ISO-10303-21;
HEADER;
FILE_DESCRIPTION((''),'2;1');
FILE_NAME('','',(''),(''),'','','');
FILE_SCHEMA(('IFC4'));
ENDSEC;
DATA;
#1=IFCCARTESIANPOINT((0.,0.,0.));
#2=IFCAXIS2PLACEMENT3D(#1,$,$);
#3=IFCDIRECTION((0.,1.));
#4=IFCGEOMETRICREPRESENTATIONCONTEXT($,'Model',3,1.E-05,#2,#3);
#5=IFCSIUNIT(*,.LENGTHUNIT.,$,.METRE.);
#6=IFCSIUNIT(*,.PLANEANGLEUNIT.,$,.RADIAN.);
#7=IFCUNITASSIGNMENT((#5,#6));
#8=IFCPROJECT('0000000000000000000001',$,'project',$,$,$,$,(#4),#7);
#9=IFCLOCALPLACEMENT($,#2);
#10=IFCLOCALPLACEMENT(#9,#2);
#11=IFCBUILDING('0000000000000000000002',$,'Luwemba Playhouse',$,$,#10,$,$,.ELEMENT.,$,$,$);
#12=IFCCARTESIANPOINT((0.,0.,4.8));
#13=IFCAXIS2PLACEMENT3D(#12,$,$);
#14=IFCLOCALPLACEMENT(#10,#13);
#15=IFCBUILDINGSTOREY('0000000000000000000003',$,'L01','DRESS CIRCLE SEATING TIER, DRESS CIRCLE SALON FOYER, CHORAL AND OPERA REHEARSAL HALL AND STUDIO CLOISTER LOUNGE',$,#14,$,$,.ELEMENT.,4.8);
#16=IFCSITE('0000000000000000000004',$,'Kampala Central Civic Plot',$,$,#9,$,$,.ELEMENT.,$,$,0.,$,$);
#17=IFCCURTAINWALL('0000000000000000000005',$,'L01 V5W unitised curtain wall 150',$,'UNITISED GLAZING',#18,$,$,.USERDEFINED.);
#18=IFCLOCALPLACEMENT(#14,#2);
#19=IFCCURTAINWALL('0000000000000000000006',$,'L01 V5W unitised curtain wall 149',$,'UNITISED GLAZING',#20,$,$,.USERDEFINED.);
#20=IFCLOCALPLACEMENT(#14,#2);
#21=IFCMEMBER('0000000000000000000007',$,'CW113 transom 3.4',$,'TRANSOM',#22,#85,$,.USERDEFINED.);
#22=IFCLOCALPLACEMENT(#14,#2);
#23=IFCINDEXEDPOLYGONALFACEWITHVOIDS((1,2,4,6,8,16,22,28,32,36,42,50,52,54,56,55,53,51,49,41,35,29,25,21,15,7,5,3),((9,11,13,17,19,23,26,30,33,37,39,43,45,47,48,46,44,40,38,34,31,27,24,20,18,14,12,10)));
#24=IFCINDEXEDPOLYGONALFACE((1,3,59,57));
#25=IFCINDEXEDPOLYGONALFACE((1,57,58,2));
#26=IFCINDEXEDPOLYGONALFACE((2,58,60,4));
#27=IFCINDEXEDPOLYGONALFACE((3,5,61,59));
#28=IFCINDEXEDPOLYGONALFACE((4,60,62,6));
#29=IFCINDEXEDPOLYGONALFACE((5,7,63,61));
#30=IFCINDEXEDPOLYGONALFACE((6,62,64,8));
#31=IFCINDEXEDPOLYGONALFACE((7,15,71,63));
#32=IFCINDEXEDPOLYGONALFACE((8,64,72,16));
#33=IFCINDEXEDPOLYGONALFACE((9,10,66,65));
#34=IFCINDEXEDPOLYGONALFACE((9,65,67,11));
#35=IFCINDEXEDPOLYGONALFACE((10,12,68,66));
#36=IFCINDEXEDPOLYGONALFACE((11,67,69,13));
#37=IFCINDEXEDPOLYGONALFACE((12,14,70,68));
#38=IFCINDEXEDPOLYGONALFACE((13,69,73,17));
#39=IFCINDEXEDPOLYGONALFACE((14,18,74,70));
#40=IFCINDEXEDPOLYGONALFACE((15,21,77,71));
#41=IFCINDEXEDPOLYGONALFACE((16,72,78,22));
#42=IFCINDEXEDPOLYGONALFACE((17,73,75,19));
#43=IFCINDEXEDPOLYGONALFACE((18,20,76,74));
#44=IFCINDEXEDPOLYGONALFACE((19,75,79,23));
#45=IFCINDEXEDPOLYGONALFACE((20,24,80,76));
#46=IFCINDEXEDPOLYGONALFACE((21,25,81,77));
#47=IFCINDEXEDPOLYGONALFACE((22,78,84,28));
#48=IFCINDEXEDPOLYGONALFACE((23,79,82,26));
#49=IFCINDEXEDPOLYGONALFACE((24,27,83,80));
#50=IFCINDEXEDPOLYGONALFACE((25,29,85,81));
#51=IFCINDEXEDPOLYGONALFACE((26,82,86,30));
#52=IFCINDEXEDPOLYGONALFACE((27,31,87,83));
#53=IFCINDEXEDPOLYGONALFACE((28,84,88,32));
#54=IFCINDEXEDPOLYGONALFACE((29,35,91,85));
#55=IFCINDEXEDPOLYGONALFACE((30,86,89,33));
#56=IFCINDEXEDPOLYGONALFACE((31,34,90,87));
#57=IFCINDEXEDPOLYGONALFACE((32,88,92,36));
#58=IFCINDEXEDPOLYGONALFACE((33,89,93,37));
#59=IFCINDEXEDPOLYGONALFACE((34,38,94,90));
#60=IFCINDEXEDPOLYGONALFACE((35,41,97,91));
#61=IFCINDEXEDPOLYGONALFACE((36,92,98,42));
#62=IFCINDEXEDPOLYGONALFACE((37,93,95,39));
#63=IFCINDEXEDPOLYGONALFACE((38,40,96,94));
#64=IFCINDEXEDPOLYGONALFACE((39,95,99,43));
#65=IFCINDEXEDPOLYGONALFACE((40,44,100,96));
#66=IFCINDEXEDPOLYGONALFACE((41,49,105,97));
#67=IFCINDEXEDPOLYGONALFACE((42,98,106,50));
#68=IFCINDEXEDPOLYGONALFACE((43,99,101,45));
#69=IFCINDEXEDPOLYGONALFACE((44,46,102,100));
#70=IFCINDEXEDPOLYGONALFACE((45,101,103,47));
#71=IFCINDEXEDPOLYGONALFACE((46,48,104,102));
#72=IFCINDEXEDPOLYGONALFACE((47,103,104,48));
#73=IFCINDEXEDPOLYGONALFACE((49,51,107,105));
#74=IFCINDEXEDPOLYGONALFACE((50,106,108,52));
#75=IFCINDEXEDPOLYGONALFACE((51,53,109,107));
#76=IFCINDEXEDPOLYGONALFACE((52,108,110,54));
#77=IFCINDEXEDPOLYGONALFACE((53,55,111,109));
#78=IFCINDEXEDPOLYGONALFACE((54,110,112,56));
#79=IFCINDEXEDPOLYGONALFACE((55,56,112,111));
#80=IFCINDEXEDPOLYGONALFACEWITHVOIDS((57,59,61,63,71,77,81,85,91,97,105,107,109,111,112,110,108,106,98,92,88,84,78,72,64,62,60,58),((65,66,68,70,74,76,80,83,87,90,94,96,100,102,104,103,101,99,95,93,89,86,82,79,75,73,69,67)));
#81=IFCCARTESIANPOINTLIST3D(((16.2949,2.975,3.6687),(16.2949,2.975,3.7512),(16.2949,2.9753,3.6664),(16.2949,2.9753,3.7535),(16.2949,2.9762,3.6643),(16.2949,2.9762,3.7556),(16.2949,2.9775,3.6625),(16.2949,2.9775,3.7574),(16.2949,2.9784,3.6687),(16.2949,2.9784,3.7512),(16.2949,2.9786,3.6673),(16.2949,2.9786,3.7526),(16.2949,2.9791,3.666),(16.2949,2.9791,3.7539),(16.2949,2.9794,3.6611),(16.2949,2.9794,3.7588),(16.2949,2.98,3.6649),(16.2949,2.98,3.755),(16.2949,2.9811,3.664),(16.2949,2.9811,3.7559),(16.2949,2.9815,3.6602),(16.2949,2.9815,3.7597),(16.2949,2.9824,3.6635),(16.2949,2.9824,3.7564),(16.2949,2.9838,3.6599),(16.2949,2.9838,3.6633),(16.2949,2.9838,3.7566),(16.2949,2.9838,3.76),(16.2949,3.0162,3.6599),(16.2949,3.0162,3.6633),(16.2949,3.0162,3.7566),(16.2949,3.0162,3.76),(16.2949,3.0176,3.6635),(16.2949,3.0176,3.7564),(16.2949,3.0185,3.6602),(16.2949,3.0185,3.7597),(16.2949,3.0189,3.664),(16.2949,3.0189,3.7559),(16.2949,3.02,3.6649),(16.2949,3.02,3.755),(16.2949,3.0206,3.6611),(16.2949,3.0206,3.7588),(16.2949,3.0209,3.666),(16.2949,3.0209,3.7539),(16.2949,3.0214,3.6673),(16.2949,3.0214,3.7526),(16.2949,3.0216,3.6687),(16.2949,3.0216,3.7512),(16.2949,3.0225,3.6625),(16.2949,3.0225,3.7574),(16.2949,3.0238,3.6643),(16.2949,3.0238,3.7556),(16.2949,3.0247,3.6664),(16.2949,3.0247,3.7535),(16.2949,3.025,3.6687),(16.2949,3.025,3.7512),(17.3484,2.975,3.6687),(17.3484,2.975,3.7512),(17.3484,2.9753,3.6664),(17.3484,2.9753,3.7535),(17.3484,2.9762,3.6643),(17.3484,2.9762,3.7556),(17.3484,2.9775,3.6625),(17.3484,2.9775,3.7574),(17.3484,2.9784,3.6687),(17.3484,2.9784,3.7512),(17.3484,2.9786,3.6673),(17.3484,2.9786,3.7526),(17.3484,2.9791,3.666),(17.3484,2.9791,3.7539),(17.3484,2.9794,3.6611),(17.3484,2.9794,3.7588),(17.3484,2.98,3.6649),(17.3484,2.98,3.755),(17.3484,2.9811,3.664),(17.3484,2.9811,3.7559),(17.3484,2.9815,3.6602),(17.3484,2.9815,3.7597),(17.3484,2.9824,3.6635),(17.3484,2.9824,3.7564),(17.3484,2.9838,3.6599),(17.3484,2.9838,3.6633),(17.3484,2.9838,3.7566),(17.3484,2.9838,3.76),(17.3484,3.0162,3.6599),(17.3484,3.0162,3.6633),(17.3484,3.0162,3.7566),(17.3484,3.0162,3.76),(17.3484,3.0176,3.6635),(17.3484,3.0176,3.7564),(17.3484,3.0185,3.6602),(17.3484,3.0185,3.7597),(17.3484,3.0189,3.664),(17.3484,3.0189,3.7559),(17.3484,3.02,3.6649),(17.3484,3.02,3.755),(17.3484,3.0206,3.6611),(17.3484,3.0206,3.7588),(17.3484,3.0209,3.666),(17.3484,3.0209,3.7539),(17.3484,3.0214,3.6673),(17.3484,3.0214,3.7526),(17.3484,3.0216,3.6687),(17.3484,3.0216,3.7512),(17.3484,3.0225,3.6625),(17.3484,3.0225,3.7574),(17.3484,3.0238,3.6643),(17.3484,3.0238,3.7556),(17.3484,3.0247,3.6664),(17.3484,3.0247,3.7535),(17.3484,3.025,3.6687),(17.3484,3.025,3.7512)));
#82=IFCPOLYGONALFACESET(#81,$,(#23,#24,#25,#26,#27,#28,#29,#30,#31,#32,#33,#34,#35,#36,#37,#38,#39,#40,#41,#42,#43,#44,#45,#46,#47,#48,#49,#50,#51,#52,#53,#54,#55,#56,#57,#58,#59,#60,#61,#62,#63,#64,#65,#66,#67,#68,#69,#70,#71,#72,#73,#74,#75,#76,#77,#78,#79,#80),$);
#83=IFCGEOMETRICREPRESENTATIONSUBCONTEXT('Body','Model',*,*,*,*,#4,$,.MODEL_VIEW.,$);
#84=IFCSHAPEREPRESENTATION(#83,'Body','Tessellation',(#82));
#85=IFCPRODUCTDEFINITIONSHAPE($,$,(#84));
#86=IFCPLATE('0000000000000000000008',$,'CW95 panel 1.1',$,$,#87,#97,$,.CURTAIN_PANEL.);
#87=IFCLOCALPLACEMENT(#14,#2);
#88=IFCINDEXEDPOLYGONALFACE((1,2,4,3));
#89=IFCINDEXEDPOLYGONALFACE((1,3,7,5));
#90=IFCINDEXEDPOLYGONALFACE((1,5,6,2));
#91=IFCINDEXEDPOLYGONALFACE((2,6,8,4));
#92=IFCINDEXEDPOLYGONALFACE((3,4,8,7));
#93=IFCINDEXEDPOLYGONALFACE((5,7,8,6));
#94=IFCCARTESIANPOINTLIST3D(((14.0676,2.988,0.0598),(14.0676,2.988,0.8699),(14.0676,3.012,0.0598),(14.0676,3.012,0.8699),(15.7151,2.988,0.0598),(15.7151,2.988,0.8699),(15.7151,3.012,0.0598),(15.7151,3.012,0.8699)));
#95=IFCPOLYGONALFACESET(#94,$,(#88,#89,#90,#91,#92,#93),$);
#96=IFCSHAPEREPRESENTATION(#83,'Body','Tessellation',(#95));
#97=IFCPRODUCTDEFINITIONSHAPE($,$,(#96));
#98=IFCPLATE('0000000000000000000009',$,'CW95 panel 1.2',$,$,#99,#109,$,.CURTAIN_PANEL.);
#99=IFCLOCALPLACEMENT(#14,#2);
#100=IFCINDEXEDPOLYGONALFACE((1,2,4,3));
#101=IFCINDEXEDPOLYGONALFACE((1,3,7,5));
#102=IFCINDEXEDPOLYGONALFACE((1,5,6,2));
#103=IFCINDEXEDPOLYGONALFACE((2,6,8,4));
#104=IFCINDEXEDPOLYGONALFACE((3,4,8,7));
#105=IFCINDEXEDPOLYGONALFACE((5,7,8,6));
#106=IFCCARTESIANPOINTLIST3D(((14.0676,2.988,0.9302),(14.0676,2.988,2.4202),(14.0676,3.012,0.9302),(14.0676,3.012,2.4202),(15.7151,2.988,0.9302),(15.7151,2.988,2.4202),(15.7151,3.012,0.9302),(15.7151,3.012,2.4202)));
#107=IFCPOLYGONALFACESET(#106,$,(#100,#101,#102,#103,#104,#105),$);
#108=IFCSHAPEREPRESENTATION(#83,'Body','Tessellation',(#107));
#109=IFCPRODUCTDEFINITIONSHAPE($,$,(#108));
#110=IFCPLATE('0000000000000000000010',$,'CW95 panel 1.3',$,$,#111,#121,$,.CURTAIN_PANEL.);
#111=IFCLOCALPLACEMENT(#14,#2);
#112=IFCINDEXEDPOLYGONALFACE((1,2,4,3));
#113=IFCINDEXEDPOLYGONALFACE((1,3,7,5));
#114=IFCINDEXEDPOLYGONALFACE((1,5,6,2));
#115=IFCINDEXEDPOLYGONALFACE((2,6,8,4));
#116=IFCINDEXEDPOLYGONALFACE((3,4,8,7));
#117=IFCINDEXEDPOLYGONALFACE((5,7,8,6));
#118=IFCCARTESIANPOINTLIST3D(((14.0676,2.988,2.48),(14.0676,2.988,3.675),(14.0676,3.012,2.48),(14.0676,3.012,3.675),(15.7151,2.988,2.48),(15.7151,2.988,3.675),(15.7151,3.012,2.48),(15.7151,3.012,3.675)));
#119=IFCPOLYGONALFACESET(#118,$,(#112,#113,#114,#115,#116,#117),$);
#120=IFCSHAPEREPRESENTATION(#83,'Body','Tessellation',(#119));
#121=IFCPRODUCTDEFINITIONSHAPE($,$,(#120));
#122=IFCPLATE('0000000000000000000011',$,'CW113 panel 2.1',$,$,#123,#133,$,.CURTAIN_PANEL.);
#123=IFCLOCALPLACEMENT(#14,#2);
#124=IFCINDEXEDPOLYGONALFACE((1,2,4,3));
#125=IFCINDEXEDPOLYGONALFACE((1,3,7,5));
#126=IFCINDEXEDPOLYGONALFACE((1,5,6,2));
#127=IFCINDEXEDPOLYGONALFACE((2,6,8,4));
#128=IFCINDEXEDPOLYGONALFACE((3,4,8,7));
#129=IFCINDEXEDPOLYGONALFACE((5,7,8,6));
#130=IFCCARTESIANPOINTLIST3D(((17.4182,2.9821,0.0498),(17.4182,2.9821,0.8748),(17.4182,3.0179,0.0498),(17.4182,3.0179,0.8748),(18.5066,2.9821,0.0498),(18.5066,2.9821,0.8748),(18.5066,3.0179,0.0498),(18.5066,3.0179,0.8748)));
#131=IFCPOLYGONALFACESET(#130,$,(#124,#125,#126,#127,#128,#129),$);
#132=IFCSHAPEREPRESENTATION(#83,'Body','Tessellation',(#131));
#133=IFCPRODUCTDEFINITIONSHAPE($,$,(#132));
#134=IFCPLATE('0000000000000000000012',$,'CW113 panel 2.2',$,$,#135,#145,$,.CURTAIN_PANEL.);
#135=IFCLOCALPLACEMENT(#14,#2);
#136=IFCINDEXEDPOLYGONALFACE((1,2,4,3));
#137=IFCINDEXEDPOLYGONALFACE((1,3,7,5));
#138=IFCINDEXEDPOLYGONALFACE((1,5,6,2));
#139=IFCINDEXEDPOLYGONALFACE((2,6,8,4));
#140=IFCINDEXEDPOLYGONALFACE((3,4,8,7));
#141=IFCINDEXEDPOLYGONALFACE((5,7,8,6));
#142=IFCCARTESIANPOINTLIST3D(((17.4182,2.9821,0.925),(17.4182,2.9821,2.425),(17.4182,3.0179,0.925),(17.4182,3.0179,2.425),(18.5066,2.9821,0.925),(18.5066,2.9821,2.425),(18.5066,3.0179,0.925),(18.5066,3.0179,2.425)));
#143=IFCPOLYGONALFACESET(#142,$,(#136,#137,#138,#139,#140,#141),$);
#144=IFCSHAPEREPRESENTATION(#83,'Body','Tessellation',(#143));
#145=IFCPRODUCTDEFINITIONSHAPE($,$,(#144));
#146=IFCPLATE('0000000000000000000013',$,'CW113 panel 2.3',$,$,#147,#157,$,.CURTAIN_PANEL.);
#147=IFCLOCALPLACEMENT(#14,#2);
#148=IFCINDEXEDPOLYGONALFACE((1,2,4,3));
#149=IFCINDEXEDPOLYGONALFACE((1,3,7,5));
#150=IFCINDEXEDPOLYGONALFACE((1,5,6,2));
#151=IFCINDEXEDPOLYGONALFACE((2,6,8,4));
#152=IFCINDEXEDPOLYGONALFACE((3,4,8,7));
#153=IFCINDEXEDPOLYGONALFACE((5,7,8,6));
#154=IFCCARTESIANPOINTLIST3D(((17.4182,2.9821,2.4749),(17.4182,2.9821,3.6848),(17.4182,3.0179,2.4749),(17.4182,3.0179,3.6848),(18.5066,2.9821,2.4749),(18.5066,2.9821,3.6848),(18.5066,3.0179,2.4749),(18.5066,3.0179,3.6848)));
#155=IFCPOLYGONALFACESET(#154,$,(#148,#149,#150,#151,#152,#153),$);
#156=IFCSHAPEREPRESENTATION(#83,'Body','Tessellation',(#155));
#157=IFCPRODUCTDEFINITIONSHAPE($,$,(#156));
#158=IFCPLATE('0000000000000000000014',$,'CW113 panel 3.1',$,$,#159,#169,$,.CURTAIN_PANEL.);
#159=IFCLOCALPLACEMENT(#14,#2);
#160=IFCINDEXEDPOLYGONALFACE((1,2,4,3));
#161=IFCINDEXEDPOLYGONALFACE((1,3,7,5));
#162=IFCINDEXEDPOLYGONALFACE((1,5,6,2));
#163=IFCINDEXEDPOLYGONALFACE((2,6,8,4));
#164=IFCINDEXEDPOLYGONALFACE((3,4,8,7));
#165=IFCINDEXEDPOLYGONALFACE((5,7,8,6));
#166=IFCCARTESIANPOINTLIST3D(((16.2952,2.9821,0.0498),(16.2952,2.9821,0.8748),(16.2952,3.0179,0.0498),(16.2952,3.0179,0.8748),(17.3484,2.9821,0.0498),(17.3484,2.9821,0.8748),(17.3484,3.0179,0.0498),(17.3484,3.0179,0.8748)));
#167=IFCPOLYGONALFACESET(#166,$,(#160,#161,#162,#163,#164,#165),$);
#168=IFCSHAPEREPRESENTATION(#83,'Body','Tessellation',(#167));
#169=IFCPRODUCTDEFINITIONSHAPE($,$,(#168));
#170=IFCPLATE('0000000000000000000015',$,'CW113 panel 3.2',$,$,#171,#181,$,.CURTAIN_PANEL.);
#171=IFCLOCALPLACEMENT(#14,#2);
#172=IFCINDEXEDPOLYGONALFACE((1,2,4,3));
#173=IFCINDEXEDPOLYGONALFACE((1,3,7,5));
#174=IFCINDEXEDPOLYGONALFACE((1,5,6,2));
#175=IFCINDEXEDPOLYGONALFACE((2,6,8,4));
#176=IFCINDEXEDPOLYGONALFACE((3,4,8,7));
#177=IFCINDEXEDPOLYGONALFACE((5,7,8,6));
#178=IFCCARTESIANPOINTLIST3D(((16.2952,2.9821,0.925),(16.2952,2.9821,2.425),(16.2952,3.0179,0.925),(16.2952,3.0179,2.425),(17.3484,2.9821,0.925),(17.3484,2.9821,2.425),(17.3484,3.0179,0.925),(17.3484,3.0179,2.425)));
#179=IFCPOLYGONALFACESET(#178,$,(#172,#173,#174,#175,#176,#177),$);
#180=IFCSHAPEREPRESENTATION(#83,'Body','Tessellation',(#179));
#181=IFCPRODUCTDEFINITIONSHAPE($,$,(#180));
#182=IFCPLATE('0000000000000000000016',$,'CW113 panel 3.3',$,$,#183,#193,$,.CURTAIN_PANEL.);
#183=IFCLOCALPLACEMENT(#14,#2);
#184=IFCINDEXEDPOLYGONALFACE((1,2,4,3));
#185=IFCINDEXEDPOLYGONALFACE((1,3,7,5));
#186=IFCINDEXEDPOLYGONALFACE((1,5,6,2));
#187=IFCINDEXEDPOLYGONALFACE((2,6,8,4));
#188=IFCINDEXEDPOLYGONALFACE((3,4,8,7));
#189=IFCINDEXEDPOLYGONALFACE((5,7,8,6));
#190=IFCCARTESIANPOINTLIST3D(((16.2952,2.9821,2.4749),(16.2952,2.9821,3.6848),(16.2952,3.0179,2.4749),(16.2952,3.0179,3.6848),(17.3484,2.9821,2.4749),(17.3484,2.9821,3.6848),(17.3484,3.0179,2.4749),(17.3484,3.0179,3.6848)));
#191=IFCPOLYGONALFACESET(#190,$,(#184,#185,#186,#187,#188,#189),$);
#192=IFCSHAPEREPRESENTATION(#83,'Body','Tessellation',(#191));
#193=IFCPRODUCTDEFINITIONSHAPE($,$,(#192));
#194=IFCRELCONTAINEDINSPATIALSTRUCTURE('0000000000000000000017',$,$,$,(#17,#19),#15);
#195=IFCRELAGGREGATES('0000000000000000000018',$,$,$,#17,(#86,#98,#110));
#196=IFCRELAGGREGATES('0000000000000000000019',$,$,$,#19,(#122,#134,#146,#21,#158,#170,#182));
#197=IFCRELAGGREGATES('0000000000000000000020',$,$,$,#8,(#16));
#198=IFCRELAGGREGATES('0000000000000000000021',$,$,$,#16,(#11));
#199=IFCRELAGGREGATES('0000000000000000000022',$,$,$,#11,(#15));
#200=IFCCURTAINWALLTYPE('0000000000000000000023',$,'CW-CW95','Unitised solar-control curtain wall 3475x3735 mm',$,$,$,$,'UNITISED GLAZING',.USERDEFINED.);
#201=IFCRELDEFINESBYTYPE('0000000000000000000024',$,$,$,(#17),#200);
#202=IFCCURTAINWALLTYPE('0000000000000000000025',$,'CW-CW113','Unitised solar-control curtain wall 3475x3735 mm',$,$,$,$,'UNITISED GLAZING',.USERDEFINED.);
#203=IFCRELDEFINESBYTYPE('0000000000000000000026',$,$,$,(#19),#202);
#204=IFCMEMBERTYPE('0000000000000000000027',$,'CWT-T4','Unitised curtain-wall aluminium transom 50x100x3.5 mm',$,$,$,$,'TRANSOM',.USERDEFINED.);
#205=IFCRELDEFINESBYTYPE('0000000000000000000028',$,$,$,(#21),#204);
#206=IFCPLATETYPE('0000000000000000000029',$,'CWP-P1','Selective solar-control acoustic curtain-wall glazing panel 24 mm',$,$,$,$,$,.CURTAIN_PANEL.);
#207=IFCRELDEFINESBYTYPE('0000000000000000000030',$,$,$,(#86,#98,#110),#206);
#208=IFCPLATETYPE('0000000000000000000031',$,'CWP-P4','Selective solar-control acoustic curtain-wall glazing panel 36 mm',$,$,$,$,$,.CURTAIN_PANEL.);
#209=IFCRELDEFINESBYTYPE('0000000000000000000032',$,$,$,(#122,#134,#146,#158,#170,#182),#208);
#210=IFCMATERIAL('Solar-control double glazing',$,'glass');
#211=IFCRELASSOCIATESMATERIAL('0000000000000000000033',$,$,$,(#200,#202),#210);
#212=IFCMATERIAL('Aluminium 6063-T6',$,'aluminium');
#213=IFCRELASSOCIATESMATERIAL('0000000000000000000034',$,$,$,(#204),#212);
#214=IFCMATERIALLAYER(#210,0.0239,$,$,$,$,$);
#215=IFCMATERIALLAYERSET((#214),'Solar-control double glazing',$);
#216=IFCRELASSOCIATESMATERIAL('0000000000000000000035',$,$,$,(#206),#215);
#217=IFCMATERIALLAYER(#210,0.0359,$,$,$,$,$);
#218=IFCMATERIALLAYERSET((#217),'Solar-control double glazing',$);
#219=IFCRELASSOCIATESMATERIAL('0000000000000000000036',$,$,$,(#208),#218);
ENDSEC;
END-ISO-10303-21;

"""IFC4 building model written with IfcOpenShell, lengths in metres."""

from ifc_helpers import new_model, si_unit, direction, frame, origin, origin_2d, place, context, subcontext, project, spatial, rectangle, hollow_rectangle, extrude, material, layer, layer_set, material_profile, profile_set, type_object, element, aggregate, save


model = new_model("IFC4")

# Units and contexts
model_context = context("Model", 3, precision=1e-05, world=origin(), true_north=direction((0.0, 1.0)))
body_context = subcontext(model_context, "Body", "Model", "MODEL_VIEW")
ifc_project = project(units=[si_unit("LENGTHUNIT", "METRE"), si_unit("PLANEANGLEUNIT", "RADIAN")], contexts=[model_context])

# Site, building, storey
site_placement = place(None, origin())
site = spatial("IfcSite", under=ifc_project, at=site_placement, Name="Kampala Central Civic Plot", CompositionType="ELEMENT", RefElevation=0.0)
building_placement = place(site_placement, origin())
building = spatial("IfcBuilding", under=site, at=building_placement, Name="Luwemba Playhouse", CompositionType="ELEMENT")
storey_placement = place(building_placement, frame((0.0, 0.0, 4.8)))
storey = spatial("IfcBuildingStorey", under=building, at=storey_placement, Name="L01", Description="DRESS CIRCLE SEATING TIER, DRESS CIRCLE SALON FOYER, CHORAL AND OPERA REHEARSAL HALL AND STUDIO CLOISTER LOUNGE", CompositionType="ELEMENT", Elevation=4.8)

# Curtain walls
ifc_material_1 = material(Name="Solar-control double glazing", Category="glass")
curtain_wall_type_1 = type_object("IfcCurtainWallType", Name="CW-CW95", Description="Unitised solar-control curtain wall 3475x3735 mm", ElementType="UNITISED GLAZING", PredefinedType="USERDEFINED", material=ifc_material_1)
curtain_wall_1_placement = place(storey_placement, origin())
curtain_wall_1 = element("IfcCurtainWall", 1, at=curtain_wall_1_placement, inside=storey, type_object=curtain_wall_type_1, Name="L01 V5W unitised curtain wall 150", ObjectType="UNITISED GLAZING", PredefinedType="USERDEFINED")
ifc_material_2 = material(Name="Aluminium 6063-T6", Category="aluminium")
curtain_wall_type_2 = type_object("IfcCurtainWallType", Name="CW-CW113", Description="Unitised solar-control curtain wall 3475x3735 mm", ElementType="UNITISED GLAZING", PredefinedType="USERDEFINED", material=ifc_material_1)
curtain_wall_2_placement = place(storey_placement, origin())
curtain_wall_2 = element("IfcCurtainWall", 2, at=curtain_wall_2_placement, inside=storey, type_object=curtain_wall_type_2, Name="L01 V5W unitised curtain wall 149", ObjectType="UNITISED GLAZING", PredefinedType="USERDEFINED")

# Member
ifc_material_profile_1 = material_profile(ifc_material_2, hollow_rectangle(XDim=0.05, YDim=0.1001, WallThickness=0.0034, InnerFilletRadius=0.0054, OuterFilletRadius=0.0088, at=origin_2d()))
ifc_profile_set_1 = profile_set([ifc_material_profile_1], Name="Aluminium 6063-T6")
member_type_1 = type_object("IfcMemberType", Name="CWT-T4", Description="Unitised curtain-wall aluminium transom 50x100x3.5 mm", ElementType="TRANSOM", PredefinedType="USERDEFINED", material=ifc_profile_set_1)
member_1_placement = place(storey_placement, frame((17.3484, 3.0, 3.71), z_axis=(-1.0, 0.0, 0.0), x_axis=(0.0, -1.0, 0.0)))
member_1 = element("IfcMember", 3, at=member_1_placement, type_object=member_type_1, Name="CW113 transom 3.4", ObjectType="TRANSOM", PredefinedType="USERDEFINED", context=body_context, shape_type="SweptSolid", body=[
    extrude(hollow_rectangle(XDim=0.05, YDim=0.1001, WallThickness=0.0034, InnerFilletRadius=0.0054, OuterFilletRadius=0.0088, at=origin_2d()), origin(), (0.0, 0.0, 1.0), 1.0535),
])

# Plates
ifc_layer_1 = layer(ifc_material_1, 0.0239)
ifc_layer_set_1 = layer_set([ifc_layer_1], Name="Solar-control double glazing")
plate_type_1 = type_object("IfcPlateType", Name="CWP-P1", Description="Selective solar-control acoustic curtain-wall glazing panel 24 mm", PredefinedType="CURTAIN_PANEL", material=ifc_layer_set_1)
plate_1_placement = place(storey_placement, frame((14.8914, 3.0, 0.0598), z_axis=(0.0, 0.0, 1.0), x_axis=(-1.0, 0.0, 0.0)))
plate_1 = element("IfcPlate", 4, at=plate_1_placement, type_object=plate_type_1, Name="CW95 panel 1.1", PredefinedType="CURTAIN_PANEL", context=body_context, shape_type="SweptSolid", body=[
    extrude(rectangle(XDim=1.6475, YDim=0.0239, at=origin_2d()), origin(), (0.0, 0.0, 1.0), 0.8101),
])
plate_2_placement = place(storey_placement, frame((14.8914, 3.0, 0.9302), z_axis=(0.0, 0.0, 1.0), x_axis=(-1.0, 0.0, 0.0)))
plate_2 = element("IfcPlate", 5, at=plate_2_placement, type_object=plate_type_1, Name="CW95 panel 1.2", PredefinedType="CURTAIN_PANEL", context=body_context, shape_type="SweptSolid", body=[
    extrude(rectangle(XDim=1.6475, YDim=0.0239, at=origin_2d()), origin(), (0.0, 0.0, 1.0), 1.49),
])
plate_3_placement = place(storey_placement, frame((14.8914, 3.0, 2.48), z_axis=(0.0, 0.0, 1.0), x_axis=(-1.0, 0.0, 0.0)))
plate_3 = element("IfcPlate", 6, at=plate_3_placement, type_object=plate_type_1, Name="CW95 panel 1.3", PredefinedType="CURTAIN_PANEL", context=body_context, shape_type="SweptSolid", body=[
    extrude(rectangle(XDim=1.6475, YDim=0.0239, at=origin_2d()), origin(), (0.0, 0.0, 1.0), 1.1951),
])
aggregate(curtain_wall_1, [plate_1, plate_2, plate_3])
ifc_layer_2 = layer(ifc_material_1, 0.0359)
ifc_layer_set_2 = layer_set([ifc_layer_2], Name="Solar-control double glazing")
plate_type_2 = type_object("IfcPlateType", Name="CWP-P4", Description="Selective solar-control acoustic curtain-wall glazing panel 36 mm", PredefinedType="CURTAIN_PANEL", material=ifc_layer_set_2)
plate_4_placement = place(storey_placement, frame((17.9624, 3.0, 0.0498), z_axis=(0.0, 0.0, 1.0), x_axis=(-1.0, 0.0, 0.0)))
plate_4 = element("IfcPlate", 7, at=plate_4_placement, type_object=plate_type_2, Name="CW113 panel 2.1", PredefinedType="CURTAIN_PANEL", context=body_context, shape_type="SweptSolid", body=[
    extrude(rectangle(XDim=1.0884, YDim=0.0359, at=origin_2d()), origin(), (0.0, 0.0, 1.0), 0.825),
])
plate_5_placement = place(storey_placement, frame((17.9624, 3.0, 0.925), z_axis=(0.0, 0.0, 1.0), x_axis=(-1.0, 0.0, 0.0)))
plate_5 = element("IfcPlate", 8, at=plate_5_placement, type_object=plate_type_2, Name="CW113 panel 2.2", PredefinedType="CURTAIN_PANEL", context=body_context, shape_type="SweptSolid", body=[
    extrude(rectangle(XDim=1.0884, YDim=0.0359, at=origin_2d()), origin(), (0.0, 0.0, 1.0), 1.5),
])
plate_6_placement = place(storey_placement, frame((17.9624, 3.0, 2.4749), z_axis=(0.0, 0.0, 1.0), x_axis=(-1.0, 0.0, 0.0)))
plate_6 = element("IfcPlate", 9, at=plate_6_placement, type_object=plate_type_2, Name="CW113 panel 2.3", PredefinedType="CURTAIN_PANEL", context=body_context, shape_type="SweptSolid", body=[
    extrude(rectangle(XDim=1.0884, YDim=0.0359, at=origin_2d()), origin(), (0.0, 0.0, 1.0), 1.21),
])
plate_7_placement = place(storey_placement, frame((16.8218, 3.0, 0.0498), z_axis=(0.0, 0.0, 1.0), x_axis=(-1.0, 0.0, 0.0)))
plate_7 = element("IfcPlate", 10, at=plate_7_placement, type_object=plate_type_2, Name="CW113 panel 3.1", PredefinedType="CURTAIN_PANEL", context=body_context, shape_type="SweptSolid", body=[
    extrude(rectangle(XDim=1.0532, YDim=0.0359, at=origin_2d()), origin(), (0.0, 0.0, 1.0), 0.825),
])
plate_8_placement = place(storey_placement, frame((16.8218, 3.0, 0.925), z_axis=(0.0, 0.0, 1.0), x_axis=(-1.0, 0.0, 0.0)))
plate_8 = element("IfcPlate", 11, at=plate_8_placement, type_object=plate_type_2, Name="CW113 panel 3.2", PredefinedType="CURTAIN_PANEL", context=body_context, shape_type="SweptSolid", body=[
    extrude(rectangle(XDim=1.0532, YDim=0.0359, at=origin_2d()), origin(), (0.0, 0.0, 1.0), 1.5),
])
plate_9_placement = place(storey_placement, frame((16.8218, 3.0, 2.4749), z_axis=(0.0, 0.0, 1.0), x_axis=(-1.0, 0.0, 0.0)))
plate_9 = element("IfcPlate", 12, at=plate_9_placement, type_object=plate_type_2, Name="CW113 panel 3.3", PredefinedType="CURTAIN_PANEL", context=body_context, shape_type="SweptSolid", body=[
    extrude(rectangle(XDim=1.0532, YDim=0.0359, at=origin_2d()), origin(), (0.0, 0.0, 1.0), 1.21),
])
aggregate(curtain_wall_2, [plate_4, plate_5, plate_6, member_1, plate_7, plate_8, plate_9])

save(model, "model.ifc")
